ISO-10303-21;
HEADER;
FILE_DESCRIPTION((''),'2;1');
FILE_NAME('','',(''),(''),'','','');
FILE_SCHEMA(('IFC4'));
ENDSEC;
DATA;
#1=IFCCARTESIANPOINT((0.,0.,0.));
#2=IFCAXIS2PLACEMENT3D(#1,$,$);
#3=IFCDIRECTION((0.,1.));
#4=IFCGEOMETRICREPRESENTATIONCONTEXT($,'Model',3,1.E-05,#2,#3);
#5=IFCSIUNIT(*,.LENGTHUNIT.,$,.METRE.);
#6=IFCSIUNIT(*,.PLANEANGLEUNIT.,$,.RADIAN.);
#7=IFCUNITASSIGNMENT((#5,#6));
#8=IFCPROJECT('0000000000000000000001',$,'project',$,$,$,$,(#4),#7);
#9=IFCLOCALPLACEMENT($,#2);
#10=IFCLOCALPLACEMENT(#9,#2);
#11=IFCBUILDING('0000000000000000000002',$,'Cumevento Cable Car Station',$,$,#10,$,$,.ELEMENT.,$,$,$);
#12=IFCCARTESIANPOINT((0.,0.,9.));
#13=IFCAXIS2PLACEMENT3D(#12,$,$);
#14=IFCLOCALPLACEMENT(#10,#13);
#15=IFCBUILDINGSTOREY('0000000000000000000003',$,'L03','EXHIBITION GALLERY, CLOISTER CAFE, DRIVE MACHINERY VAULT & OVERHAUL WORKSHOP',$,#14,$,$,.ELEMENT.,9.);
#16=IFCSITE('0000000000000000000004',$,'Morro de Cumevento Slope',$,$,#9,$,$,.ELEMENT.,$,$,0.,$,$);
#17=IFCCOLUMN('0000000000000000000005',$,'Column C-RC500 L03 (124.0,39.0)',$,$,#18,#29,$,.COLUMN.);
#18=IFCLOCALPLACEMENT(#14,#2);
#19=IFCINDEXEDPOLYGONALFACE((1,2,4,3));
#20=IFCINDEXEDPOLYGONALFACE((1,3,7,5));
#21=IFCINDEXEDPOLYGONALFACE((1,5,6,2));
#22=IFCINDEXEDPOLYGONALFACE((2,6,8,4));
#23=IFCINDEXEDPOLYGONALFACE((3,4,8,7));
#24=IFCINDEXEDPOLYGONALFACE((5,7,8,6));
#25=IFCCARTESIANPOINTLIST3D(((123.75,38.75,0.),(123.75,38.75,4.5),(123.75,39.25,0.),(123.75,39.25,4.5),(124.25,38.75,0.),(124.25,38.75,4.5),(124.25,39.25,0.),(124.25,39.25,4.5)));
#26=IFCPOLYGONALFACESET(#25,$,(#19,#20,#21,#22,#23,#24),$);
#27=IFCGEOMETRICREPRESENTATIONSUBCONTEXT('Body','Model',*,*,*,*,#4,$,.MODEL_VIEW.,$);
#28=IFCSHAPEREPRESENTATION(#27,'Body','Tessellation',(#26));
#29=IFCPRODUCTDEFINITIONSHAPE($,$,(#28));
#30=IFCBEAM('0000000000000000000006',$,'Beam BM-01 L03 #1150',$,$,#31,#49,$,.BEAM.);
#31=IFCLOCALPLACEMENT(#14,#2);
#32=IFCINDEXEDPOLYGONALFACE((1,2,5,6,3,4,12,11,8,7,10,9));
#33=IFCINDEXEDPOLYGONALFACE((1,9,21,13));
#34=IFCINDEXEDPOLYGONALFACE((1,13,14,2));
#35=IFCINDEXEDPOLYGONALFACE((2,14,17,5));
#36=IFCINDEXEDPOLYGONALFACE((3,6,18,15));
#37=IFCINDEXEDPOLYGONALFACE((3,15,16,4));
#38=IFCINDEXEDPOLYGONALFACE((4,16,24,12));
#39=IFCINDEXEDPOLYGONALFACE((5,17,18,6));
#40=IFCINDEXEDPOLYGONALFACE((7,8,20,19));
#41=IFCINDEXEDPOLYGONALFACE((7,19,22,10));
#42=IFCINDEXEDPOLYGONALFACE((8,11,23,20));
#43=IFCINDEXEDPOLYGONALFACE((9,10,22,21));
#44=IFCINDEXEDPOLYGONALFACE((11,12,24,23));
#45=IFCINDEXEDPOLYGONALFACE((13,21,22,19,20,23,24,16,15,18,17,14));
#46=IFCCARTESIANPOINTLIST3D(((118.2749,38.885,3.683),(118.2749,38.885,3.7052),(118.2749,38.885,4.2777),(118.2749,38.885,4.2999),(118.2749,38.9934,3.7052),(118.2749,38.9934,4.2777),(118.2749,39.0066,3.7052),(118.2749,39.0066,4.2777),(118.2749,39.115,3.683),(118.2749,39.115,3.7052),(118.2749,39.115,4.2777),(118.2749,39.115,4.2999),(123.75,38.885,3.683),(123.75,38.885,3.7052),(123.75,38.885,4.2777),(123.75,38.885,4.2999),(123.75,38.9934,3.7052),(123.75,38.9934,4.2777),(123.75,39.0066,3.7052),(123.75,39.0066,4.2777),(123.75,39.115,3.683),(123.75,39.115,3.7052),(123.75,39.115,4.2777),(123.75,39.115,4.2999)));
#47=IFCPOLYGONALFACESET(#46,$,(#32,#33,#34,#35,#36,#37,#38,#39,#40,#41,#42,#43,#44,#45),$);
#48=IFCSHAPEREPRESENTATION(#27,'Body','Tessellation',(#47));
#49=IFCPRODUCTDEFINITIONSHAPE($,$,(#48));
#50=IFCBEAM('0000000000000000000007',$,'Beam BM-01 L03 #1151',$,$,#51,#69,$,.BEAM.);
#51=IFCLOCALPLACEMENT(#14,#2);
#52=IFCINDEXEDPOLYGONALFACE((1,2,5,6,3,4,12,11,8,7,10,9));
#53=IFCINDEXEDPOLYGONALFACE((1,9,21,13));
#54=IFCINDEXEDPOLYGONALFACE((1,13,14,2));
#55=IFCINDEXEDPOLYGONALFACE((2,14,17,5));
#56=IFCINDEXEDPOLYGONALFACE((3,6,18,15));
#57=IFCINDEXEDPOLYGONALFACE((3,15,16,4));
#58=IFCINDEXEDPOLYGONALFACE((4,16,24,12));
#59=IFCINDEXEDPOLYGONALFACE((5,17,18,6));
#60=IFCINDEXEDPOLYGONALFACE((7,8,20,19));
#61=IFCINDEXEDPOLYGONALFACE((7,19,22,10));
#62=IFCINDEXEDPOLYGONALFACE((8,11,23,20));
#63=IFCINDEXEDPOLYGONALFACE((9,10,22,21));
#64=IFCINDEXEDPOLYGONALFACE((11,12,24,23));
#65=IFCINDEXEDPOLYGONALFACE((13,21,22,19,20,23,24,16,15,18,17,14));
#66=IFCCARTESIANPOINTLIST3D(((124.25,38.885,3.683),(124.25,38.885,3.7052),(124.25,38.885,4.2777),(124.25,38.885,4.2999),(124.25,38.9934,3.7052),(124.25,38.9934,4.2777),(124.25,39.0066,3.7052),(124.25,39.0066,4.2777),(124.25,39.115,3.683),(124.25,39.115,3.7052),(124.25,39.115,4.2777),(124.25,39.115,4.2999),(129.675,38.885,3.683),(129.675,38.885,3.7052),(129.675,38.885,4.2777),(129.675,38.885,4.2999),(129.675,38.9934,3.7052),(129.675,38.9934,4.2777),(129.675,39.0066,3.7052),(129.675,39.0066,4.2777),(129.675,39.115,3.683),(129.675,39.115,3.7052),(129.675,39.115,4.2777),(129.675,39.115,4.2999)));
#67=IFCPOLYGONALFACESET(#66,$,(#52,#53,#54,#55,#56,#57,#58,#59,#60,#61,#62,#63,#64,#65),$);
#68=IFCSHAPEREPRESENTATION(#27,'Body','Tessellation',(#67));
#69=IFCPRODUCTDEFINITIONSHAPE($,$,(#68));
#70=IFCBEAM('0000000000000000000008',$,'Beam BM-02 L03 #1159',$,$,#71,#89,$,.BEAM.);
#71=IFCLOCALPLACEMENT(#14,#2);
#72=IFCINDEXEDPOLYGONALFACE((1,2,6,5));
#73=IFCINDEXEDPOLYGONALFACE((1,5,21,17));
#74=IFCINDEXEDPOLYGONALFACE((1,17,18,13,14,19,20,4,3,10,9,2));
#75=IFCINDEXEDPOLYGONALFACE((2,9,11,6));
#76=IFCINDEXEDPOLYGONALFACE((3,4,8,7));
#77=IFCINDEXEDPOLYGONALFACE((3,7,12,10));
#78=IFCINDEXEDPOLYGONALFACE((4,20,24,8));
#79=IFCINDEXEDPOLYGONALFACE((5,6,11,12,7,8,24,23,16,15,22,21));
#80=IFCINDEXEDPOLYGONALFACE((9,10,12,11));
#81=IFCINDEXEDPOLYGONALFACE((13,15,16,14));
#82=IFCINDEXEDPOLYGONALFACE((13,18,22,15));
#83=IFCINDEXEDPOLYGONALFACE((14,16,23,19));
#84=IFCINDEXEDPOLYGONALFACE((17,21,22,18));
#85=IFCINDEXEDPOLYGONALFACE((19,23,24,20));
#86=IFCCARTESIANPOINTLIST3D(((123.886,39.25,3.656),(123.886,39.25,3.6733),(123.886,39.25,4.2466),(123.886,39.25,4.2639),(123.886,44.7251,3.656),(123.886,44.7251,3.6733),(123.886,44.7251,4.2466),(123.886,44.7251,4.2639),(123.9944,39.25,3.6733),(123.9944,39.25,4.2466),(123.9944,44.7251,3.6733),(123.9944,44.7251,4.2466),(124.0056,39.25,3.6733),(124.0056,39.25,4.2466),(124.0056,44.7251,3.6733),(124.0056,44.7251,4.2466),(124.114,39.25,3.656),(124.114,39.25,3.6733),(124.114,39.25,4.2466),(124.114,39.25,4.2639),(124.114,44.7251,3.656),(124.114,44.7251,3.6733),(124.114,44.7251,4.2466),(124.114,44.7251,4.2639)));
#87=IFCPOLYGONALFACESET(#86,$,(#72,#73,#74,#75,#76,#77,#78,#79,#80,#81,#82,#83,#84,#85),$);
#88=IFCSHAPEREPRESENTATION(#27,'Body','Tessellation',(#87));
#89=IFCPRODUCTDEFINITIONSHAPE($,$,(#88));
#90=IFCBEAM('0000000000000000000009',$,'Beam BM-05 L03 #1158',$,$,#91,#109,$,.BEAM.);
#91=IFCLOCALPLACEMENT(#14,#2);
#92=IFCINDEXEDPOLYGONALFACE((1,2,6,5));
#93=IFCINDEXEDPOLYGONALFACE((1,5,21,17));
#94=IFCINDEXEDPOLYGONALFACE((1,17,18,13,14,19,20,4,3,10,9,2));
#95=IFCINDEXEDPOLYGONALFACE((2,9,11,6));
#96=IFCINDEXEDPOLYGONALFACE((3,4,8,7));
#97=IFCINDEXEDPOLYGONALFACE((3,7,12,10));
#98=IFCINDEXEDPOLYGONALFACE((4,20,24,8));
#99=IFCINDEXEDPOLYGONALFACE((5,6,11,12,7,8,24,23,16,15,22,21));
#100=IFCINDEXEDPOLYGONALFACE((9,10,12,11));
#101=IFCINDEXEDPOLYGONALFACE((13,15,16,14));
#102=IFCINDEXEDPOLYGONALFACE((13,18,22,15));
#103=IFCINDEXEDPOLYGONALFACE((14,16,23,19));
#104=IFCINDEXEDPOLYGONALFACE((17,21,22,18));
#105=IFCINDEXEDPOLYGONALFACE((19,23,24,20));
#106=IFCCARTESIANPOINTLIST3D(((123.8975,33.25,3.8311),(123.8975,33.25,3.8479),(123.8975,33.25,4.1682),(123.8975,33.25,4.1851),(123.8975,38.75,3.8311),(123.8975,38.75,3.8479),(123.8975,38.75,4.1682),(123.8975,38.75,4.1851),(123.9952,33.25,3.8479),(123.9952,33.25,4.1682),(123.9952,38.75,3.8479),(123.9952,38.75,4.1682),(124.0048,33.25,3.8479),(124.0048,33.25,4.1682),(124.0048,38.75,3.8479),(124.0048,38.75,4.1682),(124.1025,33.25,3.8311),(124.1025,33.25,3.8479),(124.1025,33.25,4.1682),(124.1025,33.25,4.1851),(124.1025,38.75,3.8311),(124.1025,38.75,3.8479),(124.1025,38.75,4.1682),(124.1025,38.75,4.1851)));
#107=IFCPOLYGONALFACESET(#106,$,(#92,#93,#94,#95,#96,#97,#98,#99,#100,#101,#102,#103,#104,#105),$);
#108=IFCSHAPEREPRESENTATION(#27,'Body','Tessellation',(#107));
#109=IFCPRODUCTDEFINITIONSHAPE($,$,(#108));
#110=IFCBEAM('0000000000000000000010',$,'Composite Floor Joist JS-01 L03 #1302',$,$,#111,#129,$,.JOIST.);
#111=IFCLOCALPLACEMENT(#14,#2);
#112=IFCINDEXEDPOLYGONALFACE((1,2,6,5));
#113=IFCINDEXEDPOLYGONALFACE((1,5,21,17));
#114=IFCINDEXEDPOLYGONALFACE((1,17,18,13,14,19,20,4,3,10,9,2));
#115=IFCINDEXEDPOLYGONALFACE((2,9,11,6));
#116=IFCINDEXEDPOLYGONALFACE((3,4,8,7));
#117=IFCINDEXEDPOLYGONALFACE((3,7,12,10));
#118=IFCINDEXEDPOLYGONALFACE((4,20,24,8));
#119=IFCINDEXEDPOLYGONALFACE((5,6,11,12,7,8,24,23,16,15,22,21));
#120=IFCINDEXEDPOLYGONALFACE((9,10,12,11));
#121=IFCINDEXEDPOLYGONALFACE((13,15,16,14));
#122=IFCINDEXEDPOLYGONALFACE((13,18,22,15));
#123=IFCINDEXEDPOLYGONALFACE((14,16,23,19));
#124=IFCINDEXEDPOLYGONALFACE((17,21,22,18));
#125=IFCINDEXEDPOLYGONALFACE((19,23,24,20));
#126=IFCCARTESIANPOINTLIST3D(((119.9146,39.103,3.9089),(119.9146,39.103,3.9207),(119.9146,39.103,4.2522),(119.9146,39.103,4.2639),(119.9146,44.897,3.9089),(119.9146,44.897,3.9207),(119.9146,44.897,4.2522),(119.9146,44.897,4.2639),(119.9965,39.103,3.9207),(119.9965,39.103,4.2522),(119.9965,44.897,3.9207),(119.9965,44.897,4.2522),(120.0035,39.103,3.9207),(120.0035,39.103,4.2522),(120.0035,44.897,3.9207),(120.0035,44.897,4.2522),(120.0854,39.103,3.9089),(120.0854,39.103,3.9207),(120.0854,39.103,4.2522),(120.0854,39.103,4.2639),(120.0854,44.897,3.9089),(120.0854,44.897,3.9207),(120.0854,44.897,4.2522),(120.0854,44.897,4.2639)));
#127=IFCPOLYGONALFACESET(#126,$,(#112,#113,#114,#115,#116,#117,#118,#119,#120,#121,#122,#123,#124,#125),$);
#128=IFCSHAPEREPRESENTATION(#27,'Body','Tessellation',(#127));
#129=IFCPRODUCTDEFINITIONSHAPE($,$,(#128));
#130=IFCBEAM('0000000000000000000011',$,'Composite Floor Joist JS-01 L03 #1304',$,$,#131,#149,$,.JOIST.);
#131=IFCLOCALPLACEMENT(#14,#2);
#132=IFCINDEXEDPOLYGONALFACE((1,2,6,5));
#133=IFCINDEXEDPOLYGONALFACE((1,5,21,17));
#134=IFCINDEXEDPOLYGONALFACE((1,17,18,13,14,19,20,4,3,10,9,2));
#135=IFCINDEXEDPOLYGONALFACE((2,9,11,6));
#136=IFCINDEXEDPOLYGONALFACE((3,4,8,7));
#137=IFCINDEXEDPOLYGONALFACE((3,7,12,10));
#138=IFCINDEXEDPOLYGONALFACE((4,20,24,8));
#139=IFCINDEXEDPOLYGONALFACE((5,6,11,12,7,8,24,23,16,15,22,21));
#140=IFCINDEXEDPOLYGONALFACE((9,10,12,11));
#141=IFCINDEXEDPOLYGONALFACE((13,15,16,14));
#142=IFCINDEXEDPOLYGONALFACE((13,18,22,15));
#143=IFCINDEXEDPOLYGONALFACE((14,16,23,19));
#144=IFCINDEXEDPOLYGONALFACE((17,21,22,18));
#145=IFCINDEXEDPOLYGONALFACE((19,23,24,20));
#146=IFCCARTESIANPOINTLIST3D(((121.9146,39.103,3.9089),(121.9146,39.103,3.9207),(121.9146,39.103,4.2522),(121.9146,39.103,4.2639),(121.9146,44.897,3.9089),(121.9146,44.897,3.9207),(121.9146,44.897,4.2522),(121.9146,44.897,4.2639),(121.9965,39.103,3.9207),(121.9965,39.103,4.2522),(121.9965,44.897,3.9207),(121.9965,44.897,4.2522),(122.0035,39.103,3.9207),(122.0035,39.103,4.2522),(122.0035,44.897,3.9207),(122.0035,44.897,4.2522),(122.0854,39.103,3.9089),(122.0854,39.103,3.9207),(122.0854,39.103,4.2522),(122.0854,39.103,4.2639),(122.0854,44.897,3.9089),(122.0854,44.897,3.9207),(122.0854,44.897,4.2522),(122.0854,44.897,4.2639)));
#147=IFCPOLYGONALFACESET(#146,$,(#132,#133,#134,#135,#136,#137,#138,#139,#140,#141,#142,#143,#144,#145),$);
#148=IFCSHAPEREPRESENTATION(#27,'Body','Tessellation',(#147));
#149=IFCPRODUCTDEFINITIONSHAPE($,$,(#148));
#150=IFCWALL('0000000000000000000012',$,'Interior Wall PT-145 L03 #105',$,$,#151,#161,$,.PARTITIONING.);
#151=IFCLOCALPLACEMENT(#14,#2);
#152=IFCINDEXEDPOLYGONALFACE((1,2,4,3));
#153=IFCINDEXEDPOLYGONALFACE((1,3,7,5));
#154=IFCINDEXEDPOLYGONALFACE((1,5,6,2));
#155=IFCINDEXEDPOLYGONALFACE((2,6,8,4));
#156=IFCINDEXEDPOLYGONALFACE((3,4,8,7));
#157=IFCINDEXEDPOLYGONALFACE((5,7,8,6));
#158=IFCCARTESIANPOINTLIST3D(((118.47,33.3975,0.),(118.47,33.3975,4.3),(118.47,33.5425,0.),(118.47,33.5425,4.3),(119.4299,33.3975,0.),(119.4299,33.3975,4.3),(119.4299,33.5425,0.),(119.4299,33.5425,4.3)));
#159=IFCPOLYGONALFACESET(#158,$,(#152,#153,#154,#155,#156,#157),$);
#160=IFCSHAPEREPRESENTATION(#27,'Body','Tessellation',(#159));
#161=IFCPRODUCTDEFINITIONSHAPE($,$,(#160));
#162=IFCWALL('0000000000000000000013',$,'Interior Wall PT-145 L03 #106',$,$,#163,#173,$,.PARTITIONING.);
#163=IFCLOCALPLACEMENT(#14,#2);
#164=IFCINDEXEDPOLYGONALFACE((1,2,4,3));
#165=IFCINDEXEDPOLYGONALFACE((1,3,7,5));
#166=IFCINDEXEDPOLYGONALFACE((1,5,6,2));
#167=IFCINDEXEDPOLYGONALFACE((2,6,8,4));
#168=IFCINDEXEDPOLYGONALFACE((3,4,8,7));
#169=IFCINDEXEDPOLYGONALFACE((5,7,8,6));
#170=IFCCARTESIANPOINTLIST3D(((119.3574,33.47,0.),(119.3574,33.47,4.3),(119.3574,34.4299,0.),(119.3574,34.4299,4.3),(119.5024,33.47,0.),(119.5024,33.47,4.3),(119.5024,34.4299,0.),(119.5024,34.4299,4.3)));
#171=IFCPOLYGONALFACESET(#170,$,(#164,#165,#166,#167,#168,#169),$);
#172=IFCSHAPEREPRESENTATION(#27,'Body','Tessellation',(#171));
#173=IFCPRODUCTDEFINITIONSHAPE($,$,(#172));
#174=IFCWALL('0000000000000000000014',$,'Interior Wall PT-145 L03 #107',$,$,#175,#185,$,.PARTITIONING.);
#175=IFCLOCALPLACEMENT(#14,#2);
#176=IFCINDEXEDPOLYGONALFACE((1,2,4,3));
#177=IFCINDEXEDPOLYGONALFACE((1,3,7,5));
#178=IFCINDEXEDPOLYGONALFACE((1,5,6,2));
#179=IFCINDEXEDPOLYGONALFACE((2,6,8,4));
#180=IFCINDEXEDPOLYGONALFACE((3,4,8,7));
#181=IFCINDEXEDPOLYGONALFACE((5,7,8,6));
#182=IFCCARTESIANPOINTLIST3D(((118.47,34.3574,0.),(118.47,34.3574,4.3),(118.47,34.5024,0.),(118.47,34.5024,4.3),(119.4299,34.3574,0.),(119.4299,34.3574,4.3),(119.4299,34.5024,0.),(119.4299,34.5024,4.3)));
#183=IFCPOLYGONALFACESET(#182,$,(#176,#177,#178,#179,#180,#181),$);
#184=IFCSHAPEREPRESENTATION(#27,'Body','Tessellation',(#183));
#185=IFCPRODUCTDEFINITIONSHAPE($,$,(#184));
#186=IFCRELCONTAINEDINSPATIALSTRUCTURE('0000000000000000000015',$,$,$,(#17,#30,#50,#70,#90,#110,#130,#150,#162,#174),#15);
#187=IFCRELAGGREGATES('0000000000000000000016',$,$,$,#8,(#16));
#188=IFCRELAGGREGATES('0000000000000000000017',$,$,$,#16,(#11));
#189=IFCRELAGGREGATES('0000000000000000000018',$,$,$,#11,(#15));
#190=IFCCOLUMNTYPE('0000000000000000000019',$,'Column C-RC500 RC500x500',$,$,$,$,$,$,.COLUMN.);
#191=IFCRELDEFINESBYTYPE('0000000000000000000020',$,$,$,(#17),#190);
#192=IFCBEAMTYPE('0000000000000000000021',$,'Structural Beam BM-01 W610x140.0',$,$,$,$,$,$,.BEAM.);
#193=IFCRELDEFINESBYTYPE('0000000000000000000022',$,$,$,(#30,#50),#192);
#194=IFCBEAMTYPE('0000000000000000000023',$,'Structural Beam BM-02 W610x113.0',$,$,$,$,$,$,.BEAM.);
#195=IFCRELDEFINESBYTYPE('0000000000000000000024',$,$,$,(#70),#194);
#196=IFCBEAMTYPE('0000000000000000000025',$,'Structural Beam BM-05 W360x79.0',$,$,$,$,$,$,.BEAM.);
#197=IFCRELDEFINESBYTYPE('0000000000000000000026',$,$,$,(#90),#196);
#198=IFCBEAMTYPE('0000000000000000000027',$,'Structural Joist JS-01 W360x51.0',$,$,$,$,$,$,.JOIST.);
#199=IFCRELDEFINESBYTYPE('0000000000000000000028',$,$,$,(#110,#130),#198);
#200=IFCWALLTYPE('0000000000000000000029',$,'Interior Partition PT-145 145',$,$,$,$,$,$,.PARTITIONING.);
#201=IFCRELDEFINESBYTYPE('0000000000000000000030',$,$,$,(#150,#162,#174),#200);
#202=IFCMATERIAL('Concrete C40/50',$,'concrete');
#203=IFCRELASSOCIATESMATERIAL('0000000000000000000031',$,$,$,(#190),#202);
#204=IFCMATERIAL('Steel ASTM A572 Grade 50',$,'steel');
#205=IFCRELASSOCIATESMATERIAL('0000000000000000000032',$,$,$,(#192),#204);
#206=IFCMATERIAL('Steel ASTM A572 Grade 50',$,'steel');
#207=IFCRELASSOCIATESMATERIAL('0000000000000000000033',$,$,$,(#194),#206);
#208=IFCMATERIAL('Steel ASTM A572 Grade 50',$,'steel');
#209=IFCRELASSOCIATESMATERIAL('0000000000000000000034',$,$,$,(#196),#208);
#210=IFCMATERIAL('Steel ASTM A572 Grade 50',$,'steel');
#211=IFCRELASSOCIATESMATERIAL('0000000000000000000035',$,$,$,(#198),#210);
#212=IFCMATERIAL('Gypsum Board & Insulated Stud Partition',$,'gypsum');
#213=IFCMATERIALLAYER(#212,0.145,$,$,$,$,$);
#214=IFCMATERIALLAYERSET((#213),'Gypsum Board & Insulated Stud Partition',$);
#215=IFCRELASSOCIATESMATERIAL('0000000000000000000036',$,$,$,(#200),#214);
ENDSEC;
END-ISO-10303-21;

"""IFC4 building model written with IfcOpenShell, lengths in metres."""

from ifc_helpers import new_model, si_unit, direction, frame, frame_2d, origin, origin_2d, place, context, subcontext, project, spatial, rectangle, i_section, extrude, material, layer, layer_set, material_profile, profile_set, type_object, element, save


model = new_model("IFC4")

# Units and contexts
model_context = context("Model", 3, precision=1e-05, world=origin(), true_north=direction((0.0, 1.0)))
body_context = subcontext(model_context, "Body", "Model", "MODEL_VIEW")
ifc_project = project(units=[si_unit("LENGTHUNIT", "METRE"), si_unit("PLANEANGLEUNIT", "RADIAN")], contexts=[model_context])

# Site, building, storey
site_placement = place(None, origin())
site = spatial("IfcSite", under=ifc_project, at=site_placement, Name="Morro de Cumevento Slope", CompositionType="ELEMENT", RefElevation=0.0)
building_placement = place(site_placement, origin())
building = spatial("IfcBuilding", under=site, at=building_placement, Name="Cumevento Cable Car Station", CompositionType="ELEMENT")
storey_placement = place(building_placement, frame((0.0, 0.0, 9.0)))
storey = spatial("IfcBuildingStorey", under=building, at=storey_placement, Name="L03", Description="EXHIBITION GALLERY, CLOISTER CAFE, DRIVE MACHINERY VAULT & OVERHAUL WORKSHOP", CompositionType="ELEMENT", Elevation=9.0)

# Column
ifc_material_1 = material(Name="Concrete C40/50", Category="concrete")
ifc_material_profile_1 = material_profile(ifc_material_1, rectangle(XDim=0.5, YDim=0.5, at=origin_2d()), Name="RC500x500")
ifc_profile_set_1 = profile_set([ifc_material_profile_1], Name="Concrete C40/50")
column_type = type_object("IfcColumnType", Name="Column C-RC500 RC500x500", PredefinedType="COLUMN", material=ifc_profile_set_1)
column_placement = place(storey_placement, frame((124.0, 39.0, 0.0), z_axis=(0.0, 0.0, 1.0), x_axis=(1.0, 0.0, 0.0)))
element("IfcColumn", 1, at=column_placement, inside=storey, type_object=column_type, Name="Column C-RC500 L03 (124.0,39.0)", PredefinedType="COLUMN", context=body_context, shape_type="SweptSolid", body=[
    extrude(rectangle(XDim=0.5, YDim=0.5, at=origin_2d()), origin(), (0.0, 0.0, 1.0), 4.5),
])

# Beams
ifc_material_2 = material(Name="Steel ASTM A572 Grade 50", Category="steel")
ifc_material_profile_2 = material_profile(ifc_material_2, i_section(OverallWidth=0.23, OverallDepth=0.6169, WebThickness=0.0132, FlangeThickness=0.0222, at=origin_2d()), Name="W610x140.0")
ifc_profile_set_2 = profile_set([ifc_material_profile_2], Name="Steel ASTM A572 Grade 50")
beam_type_1 = type_object("IfcBeamType", Name="Structural Beam BM-01 W610x140.0", PredefinedType="BEAM", material=ifc_profile_set_2)
beam_1_placement = place(storey_placement, frame((118.2749, 39.0, 3.9915), z_axis=(1.0, 0.0, 0.0), x_axis=(0.0, 1.0, 0.0)))
element("IfcBeam", 2, at=beam_1_placement, inside=storey, type_object=beam_type_1, Name="Beam BM-01 L03 #1150", PredefinedType="BEAM", context=body_context, shape_type="SweptSolid", body=[
    extrude(i_section(OverallWidth=0.23, OverallDepth=0.6169, WebThickness=0.0132, FlangeThickness=0.0222, at=origin_2d()), origin(), (0.0, 0.0, 1.0), 5.4751),
])
beam_2_placement = place(storey_placement, frame((124.25, 39.0, 3.9915), z_axis=(1.0, 0.0, 0.0), x_axis=(0.0, 1.0, 0.0)))
element("IfcBeam", 3, at=beam_2_placement, inside=storey, type_object=beam_type_1, Name="Beam BM-01 L03 #1151", PredefinedType="BEAM", context=body_context, shape_type="SweptSolid", body=[
    extrude(i_section(OverallWidth=0.23, OverallDepth=0.6169, WebThickness=0.0132, FlangeThickness=0.0222, at=origin_2d()), origin(), (0.0, 0.0, 1.0), 5.425),
])
ifc_material_3 = material(Name="Steel ASTM A572 Grade 50", Category="steel")
ifc_material_profile_3 = material_profile(ifc_material_3, i_section(OverallWidth=0.228, OverallDepth=0.6079, WebThickness=0.0112, FlangeThickness=0.0173, at=origin_2d()), Name="W610x113.0")
ifc_profile_set_3 = profile_set([ifc_material_profile_3], Name="Steel ASTM A572 Grade 50")
beam_type_2 = type_object("IfcBeamType", Name="Structural Beam BM-02 W610x113.0", PredefinedType="BEAM", material=ifc_profile_set_3)
beam_3_placement = place(storey_placement, frame((124.0, 39.25, 3.96), z_axis=(0.0, 1.0, 0.0), x_axis=(-1.0, 0.0, 0.0)))
element("IfcBeam", 4, at=beam_3_placement, inside=storey, type_object=beam_type_2, Name="Beam BM-02 L03 #1159", PredefinedType="BEAM", context=body_context, shape_type="SweptSolid", body=[
    extrude(i_section(OverallWidth=0.228, OverallDepth=0.6079, WebThickness=0.0112, FlangeThickness=0.0173, at=origin_2d()), origin(), (0.0, 0.0, 1.0), 5.4751),
])
ifc_material_4 = material(Name="Steel ASTM A572 Grade 50", Category="steel")
ifc_material_profile_4 = material_profile(ifc_material_4, i_section(OverallWidth=0.2051, OverallDepth=0.354, WebThickness=0.0095, FlangeThickness=0.0168, at=origin_2d()), Name="W360x79.0")
ifc_profile_set_4 = profile_set([ifc_material_profile_4], Name="Steel ASTM A572 Grade 50")
beam_type_3 = type_object("IfcBeamType", Name="Structural Beam BM-05 W360x79.0", PredefinedType="BEAM", material=ifc_profile_set_4)
beam_4_placement = place(storey_placement, frame((124.0, 33.25, 4.0081), z_axis=(0.0, 1.0, 0.0), x_axis=(-1.0, 0.0, 0.0)))
element("IfcBeam", 5, at=beam_4_placement, inside=storey, type_object=beam_type_3, Name="Beam BM-05 L03 #1158", PredefinedType="BEAM", context=body_context, shape_type="SweptSolid", body=[
    extrude(i_section(OverallWidth=0.2051, OverallDepth=0.354, WebThickness=0.0095, FlangeThickness=0.0168, at=origin_2d()), origin(), (0.0, 0.0, 1.0), 5.5),
])
ifc_material_5 = material(Name="Steel ASTM A572 Grade 50", Category="steel")
ifc_material_profile_5 = material_profile(ifc_material_5, i_section(OverallWidth=0.1709, OverallDepth=0.355, WebThickness=0.0071, FlangeThickness=0.0117, at=origin_2d()), Name="W360x51.0")
ifc_profile_set_5 = profile_set([ifc_material_profile_5], Name="Steel ASTM A572 Grade 50")
beam_type_4 = type_object("IfcBeamType", Name="Structural Joist JS-01 W360x51.0", PredefinedType="JOIST", material=ifc_profile_set_5)
for number, where, z_axis, x_axis, name in (
    (6, (120.0, 39.103, 4.0864), (0.0, 1.0, 0.0), (-1.0, 0.0, 0.0), "Composite Floor Joist JS-01 L03 #1302"),
    (7, (122.0, 39.103, 4.0864), (0.0, 1.0, 0.0), (-1.0, 0.0, 0.0), "Composite Floor Joist JS-01 L03 #1304"),
):
    element("IfcBeam", number, at=place(storey_placement, frame(where, z_axis=z_axis, x_axis=x_axis)), inside=storey, type_object=beam_type_4, Name=name, PredefinedType="JOIST", context=body_context, shape_type="SweptSolid", body=[
        extrude(i_section(OverallWidth=0.1709, OverallDepth=0.355, WebThickness=0.0071, FlangeThickness=0.0117, at=origin_2d()), origin(), (0.0, 0.0, 1.0), 5.7939),
    ])

# Walls
ifc_material_6 = material(Name="Gypsum Board & Insulated Stud Partition", Category="gypsum")
ifc_layer = layer(ifc_material_6, 0.145)
ifc_layer_set = layer_set([ifc_layer], Name="Gypsum Board & Insulated Stud Partition")
wall_type = type_object("IfcWallType", Name="Interior Partition PT-145 145", PredefinedType="PARTITIONING", material=ifc_layer_set)
for number, where, z_axis, x_axis, name in (
    (8, (118.47, 33.47, 0.0), (0.0, 0.0, 1.0), (1.0, 0.0, 0.0), "Interior Wall PT-145 L03 #105"),
    (9, (119.4299, 33.47, 0.0), (0.0, 0.0, 1.0), (0.0, 1.0, 0.0), "Interior Wall PT-145 L03 #106"),
    (10, (119.4299, 34.4299, 0.0), (0.0, 0.0, 1.0), (-1.0, 0.0, 0.0), "Interior Wall PT-145 L03 #107"),
):
    element("IfcWall", number, at=place(storey_placement, frame(where, z_axis=z_axis, x_axis=x_axis)), inside=storey, type_object=wall_type, Name=name, PredefinedType="PARTITIONING", context=body_context, shape_type="SweptSolid", body=[
        extrude(rectangle(XDim=0.96, YDim=0.145, at=frame_2d((0.48, 0.0))), origin(), (0.0, 0.0, 1.0), 4.3),
    ])

save(model, "model.ifc")
